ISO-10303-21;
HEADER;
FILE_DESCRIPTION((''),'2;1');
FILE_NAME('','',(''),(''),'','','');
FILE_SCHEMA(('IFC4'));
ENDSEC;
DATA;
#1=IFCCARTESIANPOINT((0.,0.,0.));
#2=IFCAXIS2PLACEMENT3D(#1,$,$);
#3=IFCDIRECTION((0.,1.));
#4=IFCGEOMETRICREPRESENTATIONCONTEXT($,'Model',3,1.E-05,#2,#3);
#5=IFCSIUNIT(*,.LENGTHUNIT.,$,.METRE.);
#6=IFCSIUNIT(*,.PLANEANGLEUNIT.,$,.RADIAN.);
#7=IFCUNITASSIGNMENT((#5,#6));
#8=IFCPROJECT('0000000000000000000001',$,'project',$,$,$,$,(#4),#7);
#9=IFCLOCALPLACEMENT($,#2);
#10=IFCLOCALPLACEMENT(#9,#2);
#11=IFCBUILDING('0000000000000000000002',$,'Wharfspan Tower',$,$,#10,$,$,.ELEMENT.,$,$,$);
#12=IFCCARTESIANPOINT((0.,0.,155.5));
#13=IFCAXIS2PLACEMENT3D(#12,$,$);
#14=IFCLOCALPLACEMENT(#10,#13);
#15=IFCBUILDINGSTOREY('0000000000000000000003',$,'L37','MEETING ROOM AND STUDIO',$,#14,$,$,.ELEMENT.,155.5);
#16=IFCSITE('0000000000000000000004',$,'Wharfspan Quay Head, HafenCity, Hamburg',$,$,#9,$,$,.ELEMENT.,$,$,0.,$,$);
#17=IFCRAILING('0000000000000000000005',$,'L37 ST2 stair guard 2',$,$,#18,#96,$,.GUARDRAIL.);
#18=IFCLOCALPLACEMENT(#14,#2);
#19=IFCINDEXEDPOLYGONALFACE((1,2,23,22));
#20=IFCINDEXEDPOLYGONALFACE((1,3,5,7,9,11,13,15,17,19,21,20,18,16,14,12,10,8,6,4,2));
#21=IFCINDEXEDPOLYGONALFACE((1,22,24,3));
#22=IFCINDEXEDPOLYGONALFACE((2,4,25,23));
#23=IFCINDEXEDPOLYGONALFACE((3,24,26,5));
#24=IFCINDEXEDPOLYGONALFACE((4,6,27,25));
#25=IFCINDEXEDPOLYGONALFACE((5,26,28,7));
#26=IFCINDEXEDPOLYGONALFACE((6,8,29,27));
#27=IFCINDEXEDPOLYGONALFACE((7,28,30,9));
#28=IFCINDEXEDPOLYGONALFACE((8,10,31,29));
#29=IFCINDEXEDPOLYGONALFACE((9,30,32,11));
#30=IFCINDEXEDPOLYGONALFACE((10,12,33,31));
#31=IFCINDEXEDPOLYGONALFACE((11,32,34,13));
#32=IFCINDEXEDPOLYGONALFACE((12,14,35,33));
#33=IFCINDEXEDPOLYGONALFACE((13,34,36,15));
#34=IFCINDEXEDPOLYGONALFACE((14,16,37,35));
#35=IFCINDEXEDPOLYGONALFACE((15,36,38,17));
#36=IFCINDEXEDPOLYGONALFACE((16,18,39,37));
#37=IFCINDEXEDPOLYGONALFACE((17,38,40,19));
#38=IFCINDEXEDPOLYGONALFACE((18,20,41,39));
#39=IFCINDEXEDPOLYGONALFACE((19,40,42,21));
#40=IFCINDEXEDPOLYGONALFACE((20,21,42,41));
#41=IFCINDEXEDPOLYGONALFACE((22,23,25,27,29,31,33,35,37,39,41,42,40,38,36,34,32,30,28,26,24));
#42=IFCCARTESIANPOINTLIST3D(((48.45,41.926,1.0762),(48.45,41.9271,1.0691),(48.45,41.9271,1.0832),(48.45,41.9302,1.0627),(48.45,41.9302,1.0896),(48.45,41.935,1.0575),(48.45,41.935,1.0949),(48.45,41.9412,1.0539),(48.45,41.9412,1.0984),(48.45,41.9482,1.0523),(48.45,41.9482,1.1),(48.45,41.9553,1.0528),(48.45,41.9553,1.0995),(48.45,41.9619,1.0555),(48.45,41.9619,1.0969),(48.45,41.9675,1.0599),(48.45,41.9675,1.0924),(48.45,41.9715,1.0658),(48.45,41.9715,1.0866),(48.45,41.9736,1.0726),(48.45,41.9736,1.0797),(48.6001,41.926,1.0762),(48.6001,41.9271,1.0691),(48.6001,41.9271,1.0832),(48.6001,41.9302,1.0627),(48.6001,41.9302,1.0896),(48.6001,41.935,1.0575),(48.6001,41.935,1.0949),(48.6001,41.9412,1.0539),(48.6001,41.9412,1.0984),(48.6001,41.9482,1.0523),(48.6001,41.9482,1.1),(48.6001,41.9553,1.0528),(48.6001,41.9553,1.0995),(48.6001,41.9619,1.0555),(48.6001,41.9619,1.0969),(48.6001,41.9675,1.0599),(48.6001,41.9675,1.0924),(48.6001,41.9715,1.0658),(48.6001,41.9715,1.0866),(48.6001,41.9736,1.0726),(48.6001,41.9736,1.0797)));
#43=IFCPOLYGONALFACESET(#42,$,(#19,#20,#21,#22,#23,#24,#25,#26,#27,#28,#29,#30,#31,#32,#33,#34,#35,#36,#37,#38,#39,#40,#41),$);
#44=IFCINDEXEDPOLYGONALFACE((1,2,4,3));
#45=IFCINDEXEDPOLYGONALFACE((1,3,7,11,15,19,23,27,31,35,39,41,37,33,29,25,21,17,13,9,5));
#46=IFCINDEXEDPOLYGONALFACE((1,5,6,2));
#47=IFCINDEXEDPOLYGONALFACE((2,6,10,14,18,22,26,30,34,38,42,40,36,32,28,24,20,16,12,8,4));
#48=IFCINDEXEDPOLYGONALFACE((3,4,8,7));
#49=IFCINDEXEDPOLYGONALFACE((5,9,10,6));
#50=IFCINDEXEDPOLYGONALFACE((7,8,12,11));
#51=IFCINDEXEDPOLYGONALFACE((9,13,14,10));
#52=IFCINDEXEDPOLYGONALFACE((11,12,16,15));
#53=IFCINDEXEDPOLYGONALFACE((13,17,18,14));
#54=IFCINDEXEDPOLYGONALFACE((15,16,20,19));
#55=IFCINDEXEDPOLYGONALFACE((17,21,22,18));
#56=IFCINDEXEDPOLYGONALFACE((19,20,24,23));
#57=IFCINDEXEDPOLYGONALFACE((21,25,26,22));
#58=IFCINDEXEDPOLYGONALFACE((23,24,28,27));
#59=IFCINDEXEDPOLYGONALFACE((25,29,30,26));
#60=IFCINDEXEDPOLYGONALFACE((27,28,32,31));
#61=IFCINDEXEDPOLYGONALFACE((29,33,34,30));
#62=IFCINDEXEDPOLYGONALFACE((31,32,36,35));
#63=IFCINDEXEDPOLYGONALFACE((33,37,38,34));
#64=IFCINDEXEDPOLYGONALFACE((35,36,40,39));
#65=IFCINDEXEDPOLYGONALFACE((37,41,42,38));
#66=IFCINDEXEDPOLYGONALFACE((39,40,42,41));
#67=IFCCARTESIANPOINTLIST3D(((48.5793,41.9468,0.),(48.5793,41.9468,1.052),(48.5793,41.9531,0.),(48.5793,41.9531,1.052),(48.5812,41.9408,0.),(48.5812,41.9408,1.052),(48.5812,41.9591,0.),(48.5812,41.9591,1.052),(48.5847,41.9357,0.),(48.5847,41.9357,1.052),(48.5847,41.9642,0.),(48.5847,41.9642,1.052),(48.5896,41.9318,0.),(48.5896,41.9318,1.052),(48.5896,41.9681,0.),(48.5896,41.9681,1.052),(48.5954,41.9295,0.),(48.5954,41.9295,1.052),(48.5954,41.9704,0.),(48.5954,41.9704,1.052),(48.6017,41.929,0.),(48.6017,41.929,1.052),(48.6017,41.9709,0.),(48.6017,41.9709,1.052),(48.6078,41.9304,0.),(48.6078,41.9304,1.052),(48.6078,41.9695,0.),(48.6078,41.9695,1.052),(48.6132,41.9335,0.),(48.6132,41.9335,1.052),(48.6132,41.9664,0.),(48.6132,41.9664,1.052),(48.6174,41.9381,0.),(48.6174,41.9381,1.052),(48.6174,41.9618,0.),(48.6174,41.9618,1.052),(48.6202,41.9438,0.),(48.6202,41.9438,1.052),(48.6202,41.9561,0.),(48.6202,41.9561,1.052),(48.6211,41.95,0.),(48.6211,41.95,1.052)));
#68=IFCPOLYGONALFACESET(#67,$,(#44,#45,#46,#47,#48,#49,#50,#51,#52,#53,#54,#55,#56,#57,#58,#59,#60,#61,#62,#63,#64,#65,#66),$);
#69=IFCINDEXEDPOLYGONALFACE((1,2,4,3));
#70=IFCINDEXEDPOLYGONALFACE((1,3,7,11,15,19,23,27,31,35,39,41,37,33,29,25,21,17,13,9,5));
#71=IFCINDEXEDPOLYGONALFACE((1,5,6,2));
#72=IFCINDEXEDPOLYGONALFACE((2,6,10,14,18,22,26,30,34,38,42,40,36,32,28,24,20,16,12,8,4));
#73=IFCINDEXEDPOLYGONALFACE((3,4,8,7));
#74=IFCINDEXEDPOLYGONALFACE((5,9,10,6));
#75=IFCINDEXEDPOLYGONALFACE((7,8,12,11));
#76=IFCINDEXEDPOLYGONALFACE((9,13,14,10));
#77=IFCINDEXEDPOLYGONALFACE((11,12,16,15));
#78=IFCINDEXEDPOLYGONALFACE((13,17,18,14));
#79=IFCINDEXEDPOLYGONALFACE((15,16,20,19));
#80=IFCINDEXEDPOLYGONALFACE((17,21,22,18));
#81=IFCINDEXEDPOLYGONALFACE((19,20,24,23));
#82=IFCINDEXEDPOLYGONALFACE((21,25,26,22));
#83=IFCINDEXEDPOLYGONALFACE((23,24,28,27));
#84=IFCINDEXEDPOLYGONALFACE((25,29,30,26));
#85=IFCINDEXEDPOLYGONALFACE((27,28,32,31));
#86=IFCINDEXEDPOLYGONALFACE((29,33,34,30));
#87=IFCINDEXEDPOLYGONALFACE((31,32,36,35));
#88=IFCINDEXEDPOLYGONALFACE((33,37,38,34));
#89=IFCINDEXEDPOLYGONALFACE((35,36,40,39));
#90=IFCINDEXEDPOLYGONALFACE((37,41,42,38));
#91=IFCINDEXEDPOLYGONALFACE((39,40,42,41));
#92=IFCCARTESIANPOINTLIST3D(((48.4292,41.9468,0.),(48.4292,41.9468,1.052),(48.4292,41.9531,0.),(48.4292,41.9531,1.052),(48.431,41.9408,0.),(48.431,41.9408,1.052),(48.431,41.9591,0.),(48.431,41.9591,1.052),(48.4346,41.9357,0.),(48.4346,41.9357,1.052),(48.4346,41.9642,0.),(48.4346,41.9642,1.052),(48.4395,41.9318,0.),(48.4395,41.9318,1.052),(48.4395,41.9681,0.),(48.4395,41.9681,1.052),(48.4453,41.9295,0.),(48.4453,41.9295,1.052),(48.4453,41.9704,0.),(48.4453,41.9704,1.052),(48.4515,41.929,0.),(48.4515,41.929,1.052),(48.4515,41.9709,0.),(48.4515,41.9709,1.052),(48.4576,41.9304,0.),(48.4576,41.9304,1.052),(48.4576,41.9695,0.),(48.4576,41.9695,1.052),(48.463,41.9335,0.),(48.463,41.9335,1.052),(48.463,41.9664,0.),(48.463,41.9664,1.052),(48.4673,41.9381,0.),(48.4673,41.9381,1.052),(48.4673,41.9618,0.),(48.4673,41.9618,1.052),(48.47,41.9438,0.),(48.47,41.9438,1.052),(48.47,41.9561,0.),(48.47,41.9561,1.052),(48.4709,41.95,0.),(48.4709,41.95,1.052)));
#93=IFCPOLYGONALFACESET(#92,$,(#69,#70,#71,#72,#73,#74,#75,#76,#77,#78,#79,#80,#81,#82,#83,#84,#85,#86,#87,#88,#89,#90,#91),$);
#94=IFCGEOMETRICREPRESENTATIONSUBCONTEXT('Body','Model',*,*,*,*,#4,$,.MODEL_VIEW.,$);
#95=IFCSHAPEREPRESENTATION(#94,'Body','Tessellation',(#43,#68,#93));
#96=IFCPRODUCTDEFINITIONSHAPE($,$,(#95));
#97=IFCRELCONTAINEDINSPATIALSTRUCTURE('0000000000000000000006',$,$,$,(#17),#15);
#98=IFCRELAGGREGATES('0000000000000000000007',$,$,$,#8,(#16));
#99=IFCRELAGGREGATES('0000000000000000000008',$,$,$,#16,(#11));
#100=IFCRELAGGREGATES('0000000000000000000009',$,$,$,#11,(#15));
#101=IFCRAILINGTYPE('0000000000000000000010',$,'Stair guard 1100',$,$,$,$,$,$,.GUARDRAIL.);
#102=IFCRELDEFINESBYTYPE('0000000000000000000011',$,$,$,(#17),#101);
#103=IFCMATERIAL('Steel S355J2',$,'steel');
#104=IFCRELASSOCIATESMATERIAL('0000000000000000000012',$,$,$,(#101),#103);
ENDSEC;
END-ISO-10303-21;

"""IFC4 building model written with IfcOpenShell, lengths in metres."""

from ifc_helpers import new_model, si_unit, direction, frame, origin, origin_2d, place, context, subcontext, project, spatial, circle, extrude, material, type_object, element, save


model = new_model("IFC4")

# Units and contexts
model_context = context("Model", 3, precision=1e-05, world=origin(), true_north=direction((0.0, 1.0)))
body_context = subcontext(model_context, "Body", "Model", "MODEL_VIEW")
ifc_project = project(units=[si_unit("LENGTHUNIT", "METRE"), si_unit("PLANEANGLEUNIT", "RADIAN")], contexts=[model_context])

# Site, building, storey
site_placement = place(None, origin())
site = spatial("IfcSite", under=ifc_project, at=site_placement, Name="Wharfspan Quay Head, HafenCity, Hamburg", CompositionType="ELEMENT", RefElevation=0.0)
building_placement = place(site_placement, origin())
building = spatial("IfcBuilding", under=site, at=building_placement, Name="Wharfspan Tower", CompositionType="ELEMENT")
storey_placement = place(building_placement, frame((0.0, 0.0, 155.5)))
storey = spatial("IfcBuildingStorey", under=building, at=storey_placement, Name="L37", Description="MEETING ROOM AND STUDIO", CompositionType="ELEMENT", Elevation=155.5)

# Railing
ifc_material_1 = material(Name="Steel S355J2", Category="steel")
railing_type_1 = type_object("IfcRailingType", Name="Stair guard 1100", PredefinedType="GUARDRAIL", material=ifc_material_1)
railing_1_placement = place(storey_placement, frame((48.6001, 41.95, 0.0)))
element("IfcRailing", 1, at=railing_1_placement, inside=storey, type_object=railing_type_1, Name="L37 ST2 stair guard 2", PredefinedType="GUARDRAIL", context=body_context, shape_type="SweptSolid", body=[
    extrude(circle(Radius=0.0239, at=origin_2d()), frame((0.0, 0.0, 1.0762), z_axis=(-1.0, 0.0, 0.0), x_axis=(0.0, -1.0, 0.0)), (0.0, 0.0, 1.0), 0.1501),
    extrude(circle(Radius=0.021, at=origin_2d()), origin(), (0.0, 0.0, 1.0), 1.052),
    extrude(circle(Radius=0.021, at=origin_2d()), frame((-0.1501, 0.0, 0.0)), (0.0, 0.0, 1.0), 1.052),
])

save(model, "model.ifc")
